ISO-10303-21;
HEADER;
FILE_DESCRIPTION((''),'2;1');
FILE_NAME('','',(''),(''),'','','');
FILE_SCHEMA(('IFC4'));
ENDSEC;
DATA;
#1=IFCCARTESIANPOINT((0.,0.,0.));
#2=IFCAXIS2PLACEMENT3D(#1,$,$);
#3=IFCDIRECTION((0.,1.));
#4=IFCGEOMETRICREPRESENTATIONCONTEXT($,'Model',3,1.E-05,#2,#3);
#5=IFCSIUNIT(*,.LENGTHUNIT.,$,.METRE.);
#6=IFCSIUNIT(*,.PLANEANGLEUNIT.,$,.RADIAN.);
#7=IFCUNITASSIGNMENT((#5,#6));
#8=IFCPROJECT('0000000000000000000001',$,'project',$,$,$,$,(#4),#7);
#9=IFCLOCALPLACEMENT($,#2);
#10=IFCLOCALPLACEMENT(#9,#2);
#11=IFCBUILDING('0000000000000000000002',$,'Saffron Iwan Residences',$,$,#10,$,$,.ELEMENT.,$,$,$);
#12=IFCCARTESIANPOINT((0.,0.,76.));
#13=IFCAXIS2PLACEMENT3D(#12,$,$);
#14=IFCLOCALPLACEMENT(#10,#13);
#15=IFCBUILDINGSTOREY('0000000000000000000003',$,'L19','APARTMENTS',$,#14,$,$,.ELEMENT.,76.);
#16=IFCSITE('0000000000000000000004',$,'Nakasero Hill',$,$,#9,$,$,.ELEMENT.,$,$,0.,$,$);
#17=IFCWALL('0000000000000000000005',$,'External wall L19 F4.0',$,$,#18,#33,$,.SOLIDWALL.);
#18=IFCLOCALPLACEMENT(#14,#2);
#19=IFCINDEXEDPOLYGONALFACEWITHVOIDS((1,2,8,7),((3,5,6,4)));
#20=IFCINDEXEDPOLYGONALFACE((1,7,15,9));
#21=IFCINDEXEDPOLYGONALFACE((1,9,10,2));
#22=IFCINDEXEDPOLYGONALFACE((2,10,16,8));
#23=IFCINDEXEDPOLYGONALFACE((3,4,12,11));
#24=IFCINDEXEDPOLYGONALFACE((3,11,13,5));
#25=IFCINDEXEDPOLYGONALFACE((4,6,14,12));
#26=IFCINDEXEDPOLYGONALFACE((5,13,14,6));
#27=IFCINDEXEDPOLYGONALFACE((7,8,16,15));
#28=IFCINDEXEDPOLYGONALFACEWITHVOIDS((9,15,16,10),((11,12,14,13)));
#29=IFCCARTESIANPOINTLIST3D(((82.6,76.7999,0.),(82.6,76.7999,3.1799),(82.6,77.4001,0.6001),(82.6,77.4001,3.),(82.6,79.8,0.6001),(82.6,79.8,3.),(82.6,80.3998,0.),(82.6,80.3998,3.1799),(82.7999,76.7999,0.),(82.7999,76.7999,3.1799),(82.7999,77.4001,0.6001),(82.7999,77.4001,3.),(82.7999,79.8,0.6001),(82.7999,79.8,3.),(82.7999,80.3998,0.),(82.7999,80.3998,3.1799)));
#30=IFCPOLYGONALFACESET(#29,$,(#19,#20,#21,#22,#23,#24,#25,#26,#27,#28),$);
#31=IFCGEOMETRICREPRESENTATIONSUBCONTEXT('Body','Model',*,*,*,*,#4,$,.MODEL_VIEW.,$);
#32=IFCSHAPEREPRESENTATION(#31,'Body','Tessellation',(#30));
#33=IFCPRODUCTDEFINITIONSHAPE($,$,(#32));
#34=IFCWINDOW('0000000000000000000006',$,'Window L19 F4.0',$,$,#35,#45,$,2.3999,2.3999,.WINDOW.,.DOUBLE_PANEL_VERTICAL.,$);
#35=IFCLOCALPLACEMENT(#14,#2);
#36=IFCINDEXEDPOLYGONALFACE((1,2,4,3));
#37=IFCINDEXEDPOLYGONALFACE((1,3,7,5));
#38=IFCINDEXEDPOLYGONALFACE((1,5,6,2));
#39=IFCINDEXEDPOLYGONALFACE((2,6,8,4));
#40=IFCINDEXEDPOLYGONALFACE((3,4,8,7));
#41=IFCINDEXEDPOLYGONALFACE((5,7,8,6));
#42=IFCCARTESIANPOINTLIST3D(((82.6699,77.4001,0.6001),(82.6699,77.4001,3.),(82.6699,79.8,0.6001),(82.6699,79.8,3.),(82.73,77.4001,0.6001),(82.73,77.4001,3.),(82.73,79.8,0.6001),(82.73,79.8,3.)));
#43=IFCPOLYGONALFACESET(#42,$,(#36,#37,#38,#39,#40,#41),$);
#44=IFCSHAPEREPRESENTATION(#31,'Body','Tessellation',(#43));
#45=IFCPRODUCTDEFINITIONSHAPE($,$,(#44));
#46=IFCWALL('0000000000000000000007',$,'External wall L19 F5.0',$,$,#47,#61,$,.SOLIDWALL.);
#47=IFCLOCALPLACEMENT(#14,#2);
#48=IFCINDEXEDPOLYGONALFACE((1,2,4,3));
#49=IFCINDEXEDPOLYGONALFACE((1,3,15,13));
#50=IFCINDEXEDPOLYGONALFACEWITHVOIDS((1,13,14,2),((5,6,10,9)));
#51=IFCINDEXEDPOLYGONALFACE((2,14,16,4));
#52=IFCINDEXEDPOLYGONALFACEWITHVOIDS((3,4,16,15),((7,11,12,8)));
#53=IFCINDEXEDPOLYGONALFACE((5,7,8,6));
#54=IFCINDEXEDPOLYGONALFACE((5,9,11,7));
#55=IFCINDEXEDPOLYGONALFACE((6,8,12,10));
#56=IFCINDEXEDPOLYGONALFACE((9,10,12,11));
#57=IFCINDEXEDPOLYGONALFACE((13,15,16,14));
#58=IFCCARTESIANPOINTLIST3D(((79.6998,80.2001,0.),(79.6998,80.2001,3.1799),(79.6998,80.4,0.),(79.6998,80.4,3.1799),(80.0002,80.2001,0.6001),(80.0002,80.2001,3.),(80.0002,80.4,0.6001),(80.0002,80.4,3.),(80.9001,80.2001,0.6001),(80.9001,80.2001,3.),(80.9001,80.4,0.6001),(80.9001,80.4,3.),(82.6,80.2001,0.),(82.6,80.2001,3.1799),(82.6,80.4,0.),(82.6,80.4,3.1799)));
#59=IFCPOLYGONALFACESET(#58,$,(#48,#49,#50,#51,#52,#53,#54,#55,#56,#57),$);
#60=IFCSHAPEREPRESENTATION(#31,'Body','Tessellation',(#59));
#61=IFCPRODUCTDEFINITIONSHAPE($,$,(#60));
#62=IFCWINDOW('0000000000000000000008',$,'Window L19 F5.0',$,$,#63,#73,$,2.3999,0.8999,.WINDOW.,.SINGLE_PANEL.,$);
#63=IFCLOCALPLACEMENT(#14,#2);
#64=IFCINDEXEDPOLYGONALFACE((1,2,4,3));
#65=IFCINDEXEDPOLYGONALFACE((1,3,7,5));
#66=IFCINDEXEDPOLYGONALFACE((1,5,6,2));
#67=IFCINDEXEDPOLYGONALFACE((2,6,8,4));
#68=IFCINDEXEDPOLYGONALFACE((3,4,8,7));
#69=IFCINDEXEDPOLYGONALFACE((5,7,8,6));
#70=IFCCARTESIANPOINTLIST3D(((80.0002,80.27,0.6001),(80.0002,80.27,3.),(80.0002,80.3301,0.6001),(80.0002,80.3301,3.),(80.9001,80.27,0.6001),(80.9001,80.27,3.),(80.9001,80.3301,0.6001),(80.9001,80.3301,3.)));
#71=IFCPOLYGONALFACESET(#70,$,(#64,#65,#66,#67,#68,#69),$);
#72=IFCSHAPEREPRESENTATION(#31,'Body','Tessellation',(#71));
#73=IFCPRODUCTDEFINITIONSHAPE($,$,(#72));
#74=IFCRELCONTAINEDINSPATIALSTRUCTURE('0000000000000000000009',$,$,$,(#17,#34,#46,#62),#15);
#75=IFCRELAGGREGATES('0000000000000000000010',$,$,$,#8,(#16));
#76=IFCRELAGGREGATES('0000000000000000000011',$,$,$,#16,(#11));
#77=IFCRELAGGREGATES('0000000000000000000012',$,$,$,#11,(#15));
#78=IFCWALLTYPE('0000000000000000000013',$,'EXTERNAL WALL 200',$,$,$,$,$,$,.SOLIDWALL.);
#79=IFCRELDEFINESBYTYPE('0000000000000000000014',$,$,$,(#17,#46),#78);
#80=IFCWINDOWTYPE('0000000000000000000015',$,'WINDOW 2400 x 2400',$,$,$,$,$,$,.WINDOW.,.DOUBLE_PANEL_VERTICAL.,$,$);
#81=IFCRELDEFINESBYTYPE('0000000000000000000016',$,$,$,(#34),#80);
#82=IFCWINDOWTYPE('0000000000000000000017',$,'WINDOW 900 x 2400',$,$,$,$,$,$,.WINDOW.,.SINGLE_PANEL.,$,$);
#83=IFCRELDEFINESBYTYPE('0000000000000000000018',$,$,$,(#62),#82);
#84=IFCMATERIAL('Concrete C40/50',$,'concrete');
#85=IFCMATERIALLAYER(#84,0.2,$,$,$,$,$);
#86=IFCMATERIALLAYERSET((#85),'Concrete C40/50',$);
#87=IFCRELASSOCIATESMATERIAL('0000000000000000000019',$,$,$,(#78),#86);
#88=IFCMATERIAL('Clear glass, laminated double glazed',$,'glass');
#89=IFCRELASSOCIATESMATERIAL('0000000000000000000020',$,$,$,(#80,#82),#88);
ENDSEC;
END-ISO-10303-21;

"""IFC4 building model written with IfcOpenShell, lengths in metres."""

from ifc_helpers import new_model, si_unit, direction, frame, frame_2d, origin, place, context, subcontext, project, spatial, rectangle, extrude, material, layer, layer_set, type_object, element, fill, save


model = new_model("IFC4")

# Units and contexts
model_context = context("Model", 3, precision=1e-05, world=origin(), true_north=direction((0.0, 1.0)))
body_context = subcontext(model_context, "Body", "Model", "MODEL_VIEW")
ifc_project = project(units=[si_unit("LENGTHUNIT", "METRE"), si_unit("PLANEANGLEUNIT", "RADIAN")], contexts=[model_context])

# Site, building, storey
site_placement = place(None, origin())
site = spatial("IfcSite", under=ifc_project, at=site_placement, Name="Nakasero Hill", CompositionType="ELEMENT", RefElevation=0.0)
building_placement = place(site_placement, origin())
building = spatial("IfcBuilding", under=site, at=building_placement, Name="Saffron Iwan Residences", CompositionType="ELEMENT")
storey_placement = place(building_placement, frame((0.0, 0.0, 76.0)))
storey = spatial("IfcBuildingStorey", under=building, at=storey_placement, Name="L19", Description="APARTMENTS", CompositionType="ELEMENT", Elevation=76.0)

# Shared definitions
ifc_material_1 = material(Name="Concrete C40/50", Category="concrete")
ifc_layer_1 = layer(ifc_material_1, 0.2)
ifc_layer_set_1 = layer_set([ifc_layer_1], Name="Concrete C40/50")
wall_type_1 = type_object("IfcWallType", Name="EXTERNAL WALL 200", PredefinedType="SOLIDWALL", material=ifc_layer_set_1)
ifc_material_2 = material(Name="Clear glass, laminated double glazed", Category="glass")

# Walls, openings, windows
wall_1_placement = place(storey_placement, frame((82.7, 76.8, 0.0), z_axis=(0.0, 0.0, 1.0), x_axis=(0.0, 1.0, 0.0)))
wall_1 = element("IfcWall", 1, at=wall_1_placement, inside=storey, type_object=wall_type_1, Name="External wall L19 F4.0", PredefinedType="SOLIDWALL", context=body_context, shape_type="SweptSolid", body=[
    extrude(rectangle(XDim=3.5999, YDim=0.2, at=frame_2d((1.7998, 0.0))), origin(), (0.0, 0.0, 1.0), 3.1799),
])
opening_1_placement = place(wall_1_placement, frame((0.6001, 0.0, 0.6001)))
opening_1 = element("IfcOpeningElement", 2, at=opening_1_placement, cuts=wall_1, PredefinedType="OPENING", context=body_context, shape_type="SweptSolid", body=[
    extrude(rectangle(XDim=2.3999, YDim=2.3999, at=frame_2d((1.2, 1.2))), frame((0.0, 0.1099, 0.0), z_axis=(0.0, -1.0, 0.0), x_axis=(1.0, 0.0, 0.0)), (0.0, 0.0, 1.0), 0.22),
])
window_type_1 = type_object("IfcWindowType", Name="WINDOW 2400 x 2400", PartitioningType="DOUBLE_PANEL_VERTICAL", PredefinedType="WINDOW", material=ifc_material_2)
window_1_placement = place(opening_1_placement, origin())
window_1 = element("IfcWindow", 3, at=window_1_placement, inside=storey, type_object=window_type_1, Name="Window L19 F4.0", OverallHeight=2.3999, OverallWidth=2.3999, PartitioningType="DOUBLE_PANEL_VERTICAL", PredefinedType="WINDOW", context=body_context, shape_type="SweptSolid", body=[
    extrude(rectangle(XDim=2.3999, YDim=2.3999, at=frame_2d((1.2, 1.2))), frame((0.0, 0.03, 0.0), z_axis=(0.0, -1.0, 0.0), x_axis=(1.0, 0.0, 0.0)), (0.0, 0.0, 1.0), 0.0601),
])
fill(opening_1, window_1)
wall_2_placement = place(storey_placement, frame((82.6001, 80.3, 0.0), z_axis=(0.0, 0.0, 1.0), x_axis=(-1.0, 0.0, 0.0)))
wall_2 = element("IfcWall", 4, at=wall_2_placement, inside=storey, type_object=wall_type_1, Name="External wall L19 F5.0", PredefinedType="SOLIDWALL", context=body_context, shape_type="SweptSolid", body=[
    extrude(rectangle(XDim=2.9001, YDim=0.2, at=frame_2d((1.4502, 0.0))), origin(), (0.0, 0.0, 1.0), 3.1799),
])
opening_2_placement = place(wall_2_placement, frame((1.7, 0.0, 0.6001)))
opening_2 = element("IfcOpeningElement", 5, at=opening_2_placement, cuts=wall_2, PredefinedType="OPENING", context=body_context, shape_type="SweptSolid", body=[
    extrude(rectangle(XDim=0.8999, YDim=2.3999, at=frame_2d((0.45, 1.2))), frame((0.0, 0.1099, 0.0), z_axis=(0.0, -1.0, 0.0), x_axis=(1.0, 0.0, 0.0)), (0.0, 0.0, 1.0), 0.22),
])
window_type_2 = type_object("IfcWindowType", Name="WINDOW 900 x 2400", PartitioningType="SINGLE_PANEL", PredefinedType="WINDOW", material=ifc_material_2)
window_2_placement = place(opening_2_placement, origin())
window_2 = element("IfcWindow", 6, at=window_2_placement, inside=storey, type_object=window_type_2, Name="Window L19 F5.0", OverallHeight=2.3999, OverallWidth=0.8999, PartitioningType="SINGLE_PANEL", PredefinedType="WINDOW", context=body_context, shape_type="SweptSolid", body=[
    extrude(rectangle(XDim=0.8999, YDim=2.3999, at=frame_2d((0.45, 1.2))), frame((0.0, 0.03, 0.0), z_axis=(0.0, -1.0, 0.0), x_axis=(1.0, 0.0, 0.0)), (0.0, 0.0, 1.0), 0.0601),
])
fill(opening_2, window_2)

save(model, "model.ifc")
